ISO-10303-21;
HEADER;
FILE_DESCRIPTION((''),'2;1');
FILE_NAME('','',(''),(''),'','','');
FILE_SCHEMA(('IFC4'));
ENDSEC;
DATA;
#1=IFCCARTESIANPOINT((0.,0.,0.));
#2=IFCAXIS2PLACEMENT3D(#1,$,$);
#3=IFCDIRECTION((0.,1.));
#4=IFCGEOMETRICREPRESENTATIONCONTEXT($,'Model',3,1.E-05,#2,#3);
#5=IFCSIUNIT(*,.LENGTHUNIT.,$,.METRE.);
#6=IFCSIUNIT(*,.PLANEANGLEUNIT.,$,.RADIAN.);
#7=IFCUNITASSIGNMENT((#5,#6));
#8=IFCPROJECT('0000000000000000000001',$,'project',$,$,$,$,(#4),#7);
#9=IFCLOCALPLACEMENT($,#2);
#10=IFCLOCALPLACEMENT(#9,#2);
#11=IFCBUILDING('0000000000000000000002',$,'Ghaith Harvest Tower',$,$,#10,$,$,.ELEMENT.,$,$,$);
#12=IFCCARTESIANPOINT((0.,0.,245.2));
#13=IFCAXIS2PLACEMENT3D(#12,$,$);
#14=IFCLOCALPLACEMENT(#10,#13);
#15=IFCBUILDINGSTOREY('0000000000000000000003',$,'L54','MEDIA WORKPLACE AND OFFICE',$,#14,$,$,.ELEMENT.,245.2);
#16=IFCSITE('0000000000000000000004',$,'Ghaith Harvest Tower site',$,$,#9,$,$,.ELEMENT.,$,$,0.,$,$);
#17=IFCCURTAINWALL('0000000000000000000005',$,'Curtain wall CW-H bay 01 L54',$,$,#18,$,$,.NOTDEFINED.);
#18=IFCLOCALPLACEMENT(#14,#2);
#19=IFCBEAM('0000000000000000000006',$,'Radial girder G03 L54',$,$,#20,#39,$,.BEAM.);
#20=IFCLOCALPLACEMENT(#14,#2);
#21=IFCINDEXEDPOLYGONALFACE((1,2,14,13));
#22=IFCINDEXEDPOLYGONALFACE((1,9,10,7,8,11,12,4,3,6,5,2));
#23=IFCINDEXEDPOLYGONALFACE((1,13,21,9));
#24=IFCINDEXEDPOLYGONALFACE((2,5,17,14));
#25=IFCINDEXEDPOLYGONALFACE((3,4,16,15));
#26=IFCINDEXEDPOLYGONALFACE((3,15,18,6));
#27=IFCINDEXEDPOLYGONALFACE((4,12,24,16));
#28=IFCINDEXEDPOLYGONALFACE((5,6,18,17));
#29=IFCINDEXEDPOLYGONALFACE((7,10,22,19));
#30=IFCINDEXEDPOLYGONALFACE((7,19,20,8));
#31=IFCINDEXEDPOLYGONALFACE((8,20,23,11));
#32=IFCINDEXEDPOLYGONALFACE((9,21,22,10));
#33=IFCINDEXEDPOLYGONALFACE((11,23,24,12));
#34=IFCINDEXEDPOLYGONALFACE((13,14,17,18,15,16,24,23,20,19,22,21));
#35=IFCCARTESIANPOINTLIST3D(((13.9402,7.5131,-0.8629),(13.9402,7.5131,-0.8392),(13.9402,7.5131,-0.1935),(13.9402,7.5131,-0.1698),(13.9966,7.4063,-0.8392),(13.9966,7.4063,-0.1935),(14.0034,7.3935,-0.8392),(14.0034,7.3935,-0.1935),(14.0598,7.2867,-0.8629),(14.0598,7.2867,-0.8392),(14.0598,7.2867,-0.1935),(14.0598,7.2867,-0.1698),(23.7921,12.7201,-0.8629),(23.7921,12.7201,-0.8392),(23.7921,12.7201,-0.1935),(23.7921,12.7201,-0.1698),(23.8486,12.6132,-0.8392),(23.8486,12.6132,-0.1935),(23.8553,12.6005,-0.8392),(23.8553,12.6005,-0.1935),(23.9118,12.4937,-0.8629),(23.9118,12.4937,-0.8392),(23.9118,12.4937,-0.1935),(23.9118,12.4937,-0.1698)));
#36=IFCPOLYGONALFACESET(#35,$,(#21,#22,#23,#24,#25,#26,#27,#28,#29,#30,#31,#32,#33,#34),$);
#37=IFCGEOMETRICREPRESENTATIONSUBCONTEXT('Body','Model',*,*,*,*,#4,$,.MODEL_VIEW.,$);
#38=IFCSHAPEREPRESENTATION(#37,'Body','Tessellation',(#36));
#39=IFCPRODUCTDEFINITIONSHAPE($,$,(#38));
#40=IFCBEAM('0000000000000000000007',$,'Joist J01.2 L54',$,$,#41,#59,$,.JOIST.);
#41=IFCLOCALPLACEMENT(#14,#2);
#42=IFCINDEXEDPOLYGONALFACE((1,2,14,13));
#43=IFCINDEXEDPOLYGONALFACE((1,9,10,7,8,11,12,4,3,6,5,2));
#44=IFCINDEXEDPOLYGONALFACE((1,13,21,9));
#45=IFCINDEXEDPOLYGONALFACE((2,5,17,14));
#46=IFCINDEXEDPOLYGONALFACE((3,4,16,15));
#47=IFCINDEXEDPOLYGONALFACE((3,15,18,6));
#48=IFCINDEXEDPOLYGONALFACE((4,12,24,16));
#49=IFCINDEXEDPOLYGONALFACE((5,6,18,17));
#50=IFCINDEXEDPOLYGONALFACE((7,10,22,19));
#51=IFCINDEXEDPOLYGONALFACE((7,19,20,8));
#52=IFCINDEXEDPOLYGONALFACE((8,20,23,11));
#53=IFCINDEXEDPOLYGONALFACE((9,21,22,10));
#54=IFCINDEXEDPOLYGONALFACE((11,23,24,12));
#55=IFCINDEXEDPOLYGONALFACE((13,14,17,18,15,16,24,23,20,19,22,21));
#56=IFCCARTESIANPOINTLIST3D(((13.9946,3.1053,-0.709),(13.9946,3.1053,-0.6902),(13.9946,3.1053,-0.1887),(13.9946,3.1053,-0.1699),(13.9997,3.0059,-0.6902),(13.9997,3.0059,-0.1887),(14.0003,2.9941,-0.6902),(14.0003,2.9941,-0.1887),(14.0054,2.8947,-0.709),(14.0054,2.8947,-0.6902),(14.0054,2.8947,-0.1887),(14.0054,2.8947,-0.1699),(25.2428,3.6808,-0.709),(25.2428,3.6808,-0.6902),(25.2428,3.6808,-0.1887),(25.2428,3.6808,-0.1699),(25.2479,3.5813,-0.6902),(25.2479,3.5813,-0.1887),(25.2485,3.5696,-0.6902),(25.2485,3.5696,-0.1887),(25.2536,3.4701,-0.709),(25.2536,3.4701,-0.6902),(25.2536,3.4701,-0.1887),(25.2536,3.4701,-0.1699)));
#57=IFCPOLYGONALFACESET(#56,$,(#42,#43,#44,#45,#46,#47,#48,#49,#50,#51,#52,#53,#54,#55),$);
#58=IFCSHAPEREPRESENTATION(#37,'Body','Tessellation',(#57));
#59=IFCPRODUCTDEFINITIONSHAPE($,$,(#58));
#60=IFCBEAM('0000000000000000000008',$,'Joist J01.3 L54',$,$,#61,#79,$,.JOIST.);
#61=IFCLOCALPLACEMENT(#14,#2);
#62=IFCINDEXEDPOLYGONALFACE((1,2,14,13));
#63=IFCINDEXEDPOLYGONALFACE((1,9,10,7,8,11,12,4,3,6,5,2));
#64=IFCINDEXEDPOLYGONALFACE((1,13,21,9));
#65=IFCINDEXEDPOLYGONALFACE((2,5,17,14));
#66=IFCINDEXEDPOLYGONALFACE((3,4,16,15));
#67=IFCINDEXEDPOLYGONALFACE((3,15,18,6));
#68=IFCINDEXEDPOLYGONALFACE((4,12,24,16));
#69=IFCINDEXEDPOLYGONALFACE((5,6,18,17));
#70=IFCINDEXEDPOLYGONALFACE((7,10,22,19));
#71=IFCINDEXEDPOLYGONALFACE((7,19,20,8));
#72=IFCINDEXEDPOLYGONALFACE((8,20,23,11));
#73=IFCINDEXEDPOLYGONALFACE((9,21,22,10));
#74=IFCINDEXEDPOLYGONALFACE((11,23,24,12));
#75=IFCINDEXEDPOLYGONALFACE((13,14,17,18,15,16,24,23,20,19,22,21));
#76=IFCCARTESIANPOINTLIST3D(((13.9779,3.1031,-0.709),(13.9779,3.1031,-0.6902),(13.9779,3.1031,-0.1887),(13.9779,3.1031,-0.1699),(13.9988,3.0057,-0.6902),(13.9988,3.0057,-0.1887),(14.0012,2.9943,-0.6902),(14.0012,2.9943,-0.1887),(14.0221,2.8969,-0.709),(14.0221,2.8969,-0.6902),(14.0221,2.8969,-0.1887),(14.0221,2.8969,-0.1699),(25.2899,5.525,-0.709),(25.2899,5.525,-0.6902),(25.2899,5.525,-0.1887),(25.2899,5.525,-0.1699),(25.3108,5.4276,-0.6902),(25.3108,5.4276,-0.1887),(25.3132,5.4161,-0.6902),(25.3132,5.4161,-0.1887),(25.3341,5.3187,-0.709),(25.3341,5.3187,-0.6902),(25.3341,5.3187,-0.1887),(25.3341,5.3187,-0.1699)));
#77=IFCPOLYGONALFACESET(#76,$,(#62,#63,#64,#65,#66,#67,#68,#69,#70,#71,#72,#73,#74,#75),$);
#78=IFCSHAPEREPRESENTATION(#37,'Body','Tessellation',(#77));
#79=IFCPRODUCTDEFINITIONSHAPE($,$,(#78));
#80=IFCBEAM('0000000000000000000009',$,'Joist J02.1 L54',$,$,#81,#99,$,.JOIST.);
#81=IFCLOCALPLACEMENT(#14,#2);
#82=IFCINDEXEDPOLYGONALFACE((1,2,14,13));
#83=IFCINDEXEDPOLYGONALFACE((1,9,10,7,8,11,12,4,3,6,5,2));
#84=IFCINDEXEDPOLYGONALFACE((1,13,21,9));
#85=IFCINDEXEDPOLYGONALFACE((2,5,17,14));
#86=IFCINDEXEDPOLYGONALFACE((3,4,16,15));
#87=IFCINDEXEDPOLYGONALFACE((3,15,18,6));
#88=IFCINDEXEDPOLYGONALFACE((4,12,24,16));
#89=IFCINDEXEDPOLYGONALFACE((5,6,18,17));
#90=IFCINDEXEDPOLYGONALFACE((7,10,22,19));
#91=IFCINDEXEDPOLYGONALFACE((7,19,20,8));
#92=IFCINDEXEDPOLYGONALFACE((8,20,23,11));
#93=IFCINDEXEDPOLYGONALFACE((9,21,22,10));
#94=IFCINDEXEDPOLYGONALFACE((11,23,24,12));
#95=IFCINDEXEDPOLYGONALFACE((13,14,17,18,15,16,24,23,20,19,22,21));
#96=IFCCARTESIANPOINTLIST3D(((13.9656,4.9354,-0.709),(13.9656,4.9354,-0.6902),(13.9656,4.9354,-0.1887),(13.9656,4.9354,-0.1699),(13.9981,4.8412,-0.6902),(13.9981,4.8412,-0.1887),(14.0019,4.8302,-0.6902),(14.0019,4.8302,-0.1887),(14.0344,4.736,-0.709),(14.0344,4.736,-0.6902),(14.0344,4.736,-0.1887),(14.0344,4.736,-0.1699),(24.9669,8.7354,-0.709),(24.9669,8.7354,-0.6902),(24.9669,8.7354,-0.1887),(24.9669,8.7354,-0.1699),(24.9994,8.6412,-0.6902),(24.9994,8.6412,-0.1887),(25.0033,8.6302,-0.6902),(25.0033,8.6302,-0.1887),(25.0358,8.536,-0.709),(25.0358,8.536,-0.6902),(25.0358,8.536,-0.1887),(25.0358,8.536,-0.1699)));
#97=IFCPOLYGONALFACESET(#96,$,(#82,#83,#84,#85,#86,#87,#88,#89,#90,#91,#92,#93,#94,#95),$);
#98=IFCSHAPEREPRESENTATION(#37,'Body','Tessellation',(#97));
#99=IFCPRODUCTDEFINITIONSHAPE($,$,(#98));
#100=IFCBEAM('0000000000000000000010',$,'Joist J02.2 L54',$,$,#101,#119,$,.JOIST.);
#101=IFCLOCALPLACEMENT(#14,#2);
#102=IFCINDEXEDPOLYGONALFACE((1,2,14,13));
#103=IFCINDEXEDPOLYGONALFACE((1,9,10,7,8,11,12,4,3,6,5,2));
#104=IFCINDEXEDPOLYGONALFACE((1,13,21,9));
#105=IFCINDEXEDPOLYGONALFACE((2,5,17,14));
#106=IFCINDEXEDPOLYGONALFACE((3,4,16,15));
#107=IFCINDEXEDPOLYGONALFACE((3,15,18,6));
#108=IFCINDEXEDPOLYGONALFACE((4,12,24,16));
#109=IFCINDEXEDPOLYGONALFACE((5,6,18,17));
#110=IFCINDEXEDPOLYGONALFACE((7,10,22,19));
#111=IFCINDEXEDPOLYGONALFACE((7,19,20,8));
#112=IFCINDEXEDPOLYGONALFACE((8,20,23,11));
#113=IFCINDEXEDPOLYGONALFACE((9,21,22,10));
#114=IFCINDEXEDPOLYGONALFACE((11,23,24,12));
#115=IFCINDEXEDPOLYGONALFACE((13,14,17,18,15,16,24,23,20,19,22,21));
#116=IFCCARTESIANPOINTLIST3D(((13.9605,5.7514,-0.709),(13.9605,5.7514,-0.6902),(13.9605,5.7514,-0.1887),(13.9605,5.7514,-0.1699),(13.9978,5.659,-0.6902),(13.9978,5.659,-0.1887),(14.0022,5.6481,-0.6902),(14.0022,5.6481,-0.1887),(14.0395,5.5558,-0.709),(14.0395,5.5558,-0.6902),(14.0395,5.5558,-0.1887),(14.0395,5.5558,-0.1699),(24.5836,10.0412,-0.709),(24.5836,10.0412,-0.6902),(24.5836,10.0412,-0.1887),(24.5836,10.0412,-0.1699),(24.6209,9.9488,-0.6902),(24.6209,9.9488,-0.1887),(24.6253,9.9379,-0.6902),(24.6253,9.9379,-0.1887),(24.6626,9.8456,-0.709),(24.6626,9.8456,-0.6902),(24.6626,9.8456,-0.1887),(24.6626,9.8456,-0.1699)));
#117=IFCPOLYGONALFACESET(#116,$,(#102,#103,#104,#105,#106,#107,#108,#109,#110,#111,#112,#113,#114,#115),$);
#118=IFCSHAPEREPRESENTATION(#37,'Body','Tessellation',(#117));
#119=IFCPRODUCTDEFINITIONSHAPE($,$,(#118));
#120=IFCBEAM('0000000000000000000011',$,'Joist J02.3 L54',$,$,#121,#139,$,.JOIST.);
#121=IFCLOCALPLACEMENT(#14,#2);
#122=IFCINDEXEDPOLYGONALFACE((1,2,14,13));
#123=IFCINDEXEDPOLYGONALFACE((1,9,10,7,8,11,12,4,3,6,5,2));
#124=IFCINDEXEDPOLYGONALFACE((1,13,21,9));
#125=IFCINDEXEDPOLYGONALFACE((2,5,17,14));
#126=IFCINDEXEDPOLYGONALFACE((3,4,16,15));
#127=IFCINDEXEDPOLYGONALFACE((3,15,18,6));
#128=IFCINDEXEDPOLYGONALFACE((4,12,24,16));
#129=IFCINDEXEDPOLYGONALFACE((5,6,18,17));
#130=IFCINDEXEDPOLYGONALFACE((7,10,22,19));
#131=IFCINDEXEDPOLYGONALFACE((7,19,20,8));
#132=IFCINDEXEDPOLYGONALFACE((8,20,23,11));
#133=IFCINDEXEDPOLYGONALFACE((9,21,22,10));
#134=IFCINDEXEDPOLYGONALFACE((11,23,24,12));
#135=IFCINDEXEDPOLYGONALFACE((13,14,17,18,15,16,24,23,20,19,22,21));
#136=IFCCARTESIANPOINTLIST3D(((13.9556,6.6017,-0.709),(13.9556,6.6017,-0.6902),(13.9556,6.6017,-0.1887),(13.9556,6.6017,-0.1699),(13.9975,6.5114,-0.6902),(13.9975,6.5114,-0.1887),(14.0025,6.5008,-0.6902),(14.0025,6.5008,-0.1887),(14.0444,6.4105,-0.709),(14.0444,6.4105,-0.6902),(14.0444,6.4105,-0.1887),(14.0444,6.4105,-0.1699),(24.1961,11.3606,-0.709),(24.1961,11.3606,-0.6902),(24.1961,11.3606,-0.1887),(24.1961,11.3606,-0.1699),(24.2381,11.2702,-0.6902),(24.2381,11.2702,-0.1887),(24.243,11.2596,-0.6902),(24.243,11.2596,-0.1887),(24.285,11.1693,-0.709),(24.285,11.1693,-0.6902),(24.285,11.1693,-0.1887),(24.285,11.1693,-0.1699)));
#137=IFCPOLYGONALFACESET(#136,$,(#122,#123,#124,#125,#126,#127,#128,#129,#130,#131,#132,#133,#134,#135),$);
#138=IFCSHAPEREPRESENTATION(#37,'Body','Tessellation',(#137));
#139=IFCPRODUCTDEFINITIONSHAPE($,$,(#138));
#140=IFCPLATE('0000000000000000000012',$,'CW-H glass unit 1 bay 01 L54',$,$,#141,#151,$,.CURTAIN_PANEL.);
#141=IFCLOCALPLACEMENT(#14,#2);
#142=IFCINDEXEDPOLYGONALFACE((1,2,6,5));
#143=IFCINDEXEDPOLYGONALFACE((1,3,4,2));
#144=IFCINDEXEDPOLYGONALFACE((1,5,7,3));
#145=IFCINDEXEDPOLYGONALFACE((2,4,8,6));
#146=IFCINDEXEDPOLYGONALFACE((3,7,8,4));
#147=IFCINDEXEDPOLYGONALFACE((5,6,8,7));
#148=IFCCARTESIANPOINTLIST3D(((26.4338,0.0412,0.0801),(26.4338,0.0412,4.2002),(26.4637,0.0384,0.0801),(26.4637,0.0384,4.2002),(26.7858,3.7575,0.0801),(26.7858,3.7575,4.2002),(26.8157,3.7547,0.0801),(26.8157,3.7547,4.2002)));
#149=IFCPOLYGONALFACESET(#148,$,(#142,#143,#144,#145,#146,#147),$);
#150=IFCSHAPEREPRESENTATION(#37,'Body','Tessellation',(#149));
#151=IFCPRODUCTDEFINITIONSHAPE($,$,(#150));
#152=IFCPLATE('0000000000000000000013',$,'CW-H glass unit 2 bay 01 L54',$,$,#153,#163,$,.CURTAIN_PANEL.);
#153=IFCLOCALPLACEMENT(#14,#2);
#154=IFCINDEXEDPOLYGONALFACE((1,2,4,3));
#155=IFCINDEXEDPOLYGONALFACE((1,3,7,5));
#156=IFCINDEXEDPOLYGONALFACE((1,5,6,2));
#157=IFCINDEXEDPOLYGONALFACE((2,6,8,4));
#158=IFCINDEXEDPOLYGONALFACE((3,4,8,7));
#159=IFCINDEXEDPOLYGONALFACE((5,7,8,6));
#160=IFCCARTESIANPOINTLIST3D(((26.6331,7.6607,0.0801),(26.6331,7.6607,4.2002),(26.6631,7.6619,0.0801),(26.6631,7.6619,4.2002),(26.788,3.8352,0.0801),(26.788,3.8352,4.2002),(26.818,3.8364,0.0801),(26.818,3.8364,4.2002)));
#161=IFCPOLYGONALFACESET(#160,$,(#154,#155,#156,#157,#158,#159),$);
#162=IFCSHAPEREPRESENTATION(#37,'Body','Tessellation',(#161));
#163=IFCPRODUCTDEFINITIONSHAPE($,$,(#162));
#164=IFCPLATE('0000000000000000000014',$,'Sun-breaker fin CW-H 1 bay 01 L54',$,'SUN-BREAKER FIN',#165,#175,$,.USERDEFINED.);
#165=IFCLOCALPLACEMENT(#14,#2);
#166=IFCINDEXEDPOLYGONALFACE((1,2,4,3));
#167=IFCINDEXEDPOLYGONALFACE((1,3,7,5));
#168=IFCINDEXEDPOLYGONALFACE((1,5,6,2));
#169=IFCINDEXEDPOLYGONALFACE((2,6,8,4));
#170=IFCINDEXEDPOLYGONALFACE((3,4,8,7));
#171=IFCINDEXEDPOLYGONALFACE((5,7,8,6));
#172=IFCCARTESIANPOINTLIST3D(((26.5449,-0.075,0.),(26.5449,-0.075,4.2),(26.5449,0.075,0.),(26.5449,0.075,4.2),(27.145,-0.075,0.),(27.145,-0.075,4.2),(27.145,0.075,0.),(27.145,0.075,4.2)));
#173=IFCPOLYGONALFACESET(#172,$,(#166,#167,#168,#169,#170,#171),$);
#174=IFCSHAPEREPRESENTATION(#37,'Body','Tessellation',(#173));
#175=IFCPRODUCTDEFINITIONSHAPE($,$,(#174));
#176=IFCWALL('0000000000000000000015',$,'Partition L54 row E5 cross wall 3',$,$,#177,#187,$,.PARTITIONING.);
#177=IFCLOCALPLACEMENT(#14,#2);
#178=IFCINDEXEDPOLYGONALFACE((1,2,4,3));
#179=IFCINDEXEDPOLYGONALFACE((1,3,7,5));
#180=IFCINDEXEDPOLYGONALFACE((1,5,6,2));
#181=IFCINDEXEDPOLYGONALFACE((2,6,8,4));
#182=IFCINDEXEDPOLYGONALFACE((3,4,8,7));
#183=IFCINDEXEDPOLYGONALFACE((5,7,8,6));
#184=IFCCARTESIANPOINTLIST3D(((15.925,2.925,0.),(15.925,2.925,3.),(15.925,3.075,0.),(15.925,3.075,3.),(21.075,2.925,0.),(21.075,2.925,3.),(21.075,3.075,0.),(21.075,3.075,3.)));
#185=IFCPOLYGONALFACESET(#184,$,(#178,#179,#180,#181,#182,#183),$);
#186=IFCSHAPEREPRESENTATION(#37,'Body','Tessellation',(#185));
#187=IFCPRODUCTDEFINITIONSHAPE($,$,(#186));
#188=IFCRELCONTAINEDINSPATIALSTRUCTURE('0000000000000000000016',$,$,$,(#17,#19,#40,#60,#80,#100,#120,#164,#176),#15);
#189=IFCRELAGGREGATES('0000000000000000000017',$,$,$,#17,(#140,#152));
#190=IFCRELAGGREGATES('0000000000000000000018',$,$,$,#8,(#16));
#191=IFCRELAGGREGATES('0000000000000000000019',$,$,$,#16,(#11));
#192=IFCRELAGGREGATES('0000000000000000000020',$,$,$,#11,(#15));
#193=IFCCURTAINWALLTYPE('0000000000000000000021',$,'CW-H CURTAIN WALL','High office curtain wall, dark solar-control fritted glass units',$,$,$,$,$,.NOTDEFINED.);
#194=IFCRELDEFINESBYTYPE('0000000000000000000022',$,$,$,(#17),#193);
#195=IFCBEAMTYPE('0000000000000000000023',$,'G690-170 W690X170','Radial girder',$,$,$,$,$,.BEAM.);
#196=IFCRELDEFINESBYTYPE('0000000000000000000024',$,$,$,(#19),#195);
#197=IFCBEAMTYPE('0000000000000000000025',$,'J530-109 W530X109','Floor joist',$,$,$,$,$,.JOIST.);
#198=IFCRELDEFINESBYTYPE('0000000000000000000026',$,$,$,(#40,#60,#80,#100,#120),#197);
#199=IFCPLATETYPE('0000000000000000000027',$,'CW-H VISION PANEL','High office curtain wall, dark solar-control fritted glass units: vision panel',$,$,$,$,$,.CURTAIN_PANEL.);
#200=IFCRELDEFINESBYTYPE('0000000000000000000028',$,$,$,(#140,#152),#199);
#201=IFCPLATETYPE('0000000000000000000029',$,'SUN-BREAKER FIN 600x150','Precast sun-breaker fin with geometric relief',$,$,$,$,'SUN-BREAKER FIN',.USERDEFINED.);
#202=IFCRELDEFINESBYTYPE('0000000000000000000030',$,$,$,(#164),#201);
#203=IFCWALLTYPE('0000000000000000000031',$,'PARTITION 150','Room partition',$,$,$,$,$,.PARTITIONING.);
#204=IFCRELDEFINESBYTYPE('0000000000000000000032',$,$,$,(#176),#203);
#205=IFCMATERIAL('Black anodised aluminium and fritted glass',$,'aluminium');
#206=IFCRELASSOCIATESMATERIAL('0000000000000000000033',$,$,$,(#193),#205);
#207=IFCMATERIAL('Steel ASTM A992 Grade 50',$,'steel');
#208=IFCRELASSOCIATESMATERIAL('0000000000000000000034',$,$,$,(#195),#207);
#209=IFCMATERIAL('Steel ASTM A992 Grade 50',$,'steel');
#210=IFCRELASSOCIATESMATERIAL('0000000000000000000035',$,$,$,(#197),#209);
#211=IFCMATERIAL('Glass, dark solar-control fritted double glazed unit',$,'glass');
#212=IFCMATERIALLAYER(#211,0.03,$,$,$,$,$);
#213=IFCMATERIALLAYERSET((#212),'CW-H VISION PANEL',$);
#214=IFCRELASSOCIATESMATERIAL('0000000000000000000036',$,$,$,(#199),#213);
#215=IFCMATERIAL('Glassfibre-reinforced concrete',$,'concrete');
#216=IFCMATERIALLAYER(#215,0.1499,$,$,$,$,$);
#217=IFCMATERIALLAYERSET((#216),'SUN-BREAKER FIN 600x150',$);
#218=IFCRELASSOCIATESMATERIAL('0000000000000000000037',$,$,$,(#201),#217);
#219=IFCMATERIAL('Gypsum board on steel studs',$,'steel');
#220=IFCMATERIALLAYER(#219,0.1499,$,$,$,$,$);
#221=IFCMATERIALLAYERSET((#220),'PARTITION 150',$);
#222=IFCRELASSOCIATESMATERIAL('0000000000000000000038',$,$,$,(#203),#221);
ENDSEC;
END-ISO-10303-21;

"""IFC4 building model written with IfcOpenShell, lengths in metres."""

from ifc_helpers import new_model, si_unit, direction, frame, frame_2d, origin, origin_2d, place, context, subcontext, project, spatial, rectangle, i_section, extrude, material, layer, layer_set, material_profile, profile_set, type_object, element, aggregate, save


model = new_model("IFC4")

# Units and contexts
model_context = context("Model", 3, precision=1e-05, world=origin(), true_north=direction((0.0, 1.0)))
body_context = subcontext(model_context, "Body", "Model", "MODEL_VIEW")
ifc_project = project(units=[si_unit("LENGTHUNIT", "METRE"), si_unit("PLANEANGLEUNIT", "RADIAN")], contexts=[model_context])

# Site, building, storey
site_placement = place(None, origin())
site = spatial("IfcSite", under=ifc_project, at=site_placement, Name="Ghaith Harvest Tower site", CompositionType="ELEMENT", RefElevation=0.0)
building_placement = place(site_placement, origin())
building = spatial("IfcBuilding", under=site, at=building_placement, Name="Ghaith Harvest Tower", CompositionType="ELEMENT")
storey_placement = place(building_placement, frame((0.0, 0.0, 245.2)))
storey = spatial("IfcBuildingStorey", under=building, at=storey_placement, Name="L54", Description="MEDIA WORKPLACE AND OFFICE", CompositionType="ELEMENT", Elevation=245.2)

# Curtain wall
ifc_material_1 = material(Name="Black anodised aluminium and fritted glass", Category="aluminium")
curtain_wall_type = type_object("IfcCurtainWallType", Name="CW-H CURTAIN WALL", Description="High office curtain wall, dark solar-control fritted glass units", PredefinedType="NOTDEFINED", material=ifc_material_1)
curtain_wall_1_placement = place(storey_placement, origin())
curtain_wall_1 = element("IfcCurtainWall", 1, at=curtain_wall_1_placement, inside=storey, type_object=curtain_wall_type, Name="Curtain wall CW-H bay 01 L54", PredefinedType="NOTDEFINED")

# Beams
ifc_material_2 = material(Name="Steel ASTM A992 Grade 50", Category="steel")
ifc_material_profile_1 = material_profile(ifc_material_2, i_section(OverallWidth=0.2561, OverallDepth=0.6931, WebThickness=0.0144, FlangeThickness=0.0237, at=origin_2d()), Name="W690X170")
ifc_profile_set_1 = profile_set([ifc_material_profile_1], Name="Steel ASTM A992 Grade 50")
beam_type_1 = type_object("IfcBeamType", Name="G690-170 W690X170", Description="Radial girder", PredefinedType="BEAM", material=ifc_profile_set_1)
beam_1_placement = place(storey_placement, frame((14.0, 7.3999, -0.5164), z_axis=(0.884113, 0.467274, 0.0), x_axis=(-0.467274, 0.884113, 0.0)))
element("IfcBeam", 2, at=beam_1_placement, inside=storey, type_object=beam_type_1, Name="Radial girder G03 L54", PredefinedType="BEAM", context=body_context, shape_type="SweptSolid", body=[
    extrude(i_section(OverallWidth=0.2561, OverallDepth=0.6931, WebThickness=0.0144, FlangeThickness=0.0237, at=origin_2d()), origin(), (0.0, 0.0, 1.0), 11.1433),
])
ifc_material_3 = material(Name="Steel ASTM A992 Grade 50", Category="steel")
ifc_material_profile_2 = material_profile(ifc_material_3, i_section(OverallWidth=0.2109, OverallDepth=0.5391, WebThickness=0.0117, FlangeThickness=0.0188, at=origin_2d()), Name="W530X109")
ifc_profile_set_2 = profile_set([ifc_material_profile_2], Name="Steel ASTM A992 Grade 50")
beam_type_2 = type_object("IfcBeamType", Name="J530-109 W530X109", Description="Floor joist", PredefinedType="JOIST", material=ifc_profile_set_2)
beam_2_placement = place(storey_placement, frame((14.0, 3.0, -0.4395), z_axis=(0.998694, 0.051091, 0.0), x_axis=(-0.051091, 0.998694, 0.0)))
element("IfcBeam", 3, at=beam_2_placement, inside=storey, type_object=beam_type_2, Name="Joist J01.2 L54", PredefinedType="JOIST", context=body_context, shape_type="SweptSolid", body=[
    extrude(i_section(OverallWidth=0.2109, OverallDepth=0.5391, WebThickness=0.0117, FlangeThickness=0.0188, at=origin_2d()), origin(), (0.0, 0.0, 1.0), 11.2629),
])
beam_3_placement = place(storey_placement, frame((14.0, 3.0, -0.4395), z_axis=(0.97784, 0.209353, 0.0), x_axis=(-0.209353, 0.97784, 0.0)))
element("IfcBeam", 4, at=beam_3_placement, inside=storey, type_object=beam_type_2, Name="Joist J01.3 L54", PredefinedType="JOIST", context=body_context, shape_type="SweptSolid", body=[
    extrude(i_section(OverallWidth=0.2109, OverallDepth=0.5391, WebThickness=0.0117, FlangeThickness=0.0188, at=origin_2d()), origin(), (0.0, 0.0, 1.0), 11.5684),
])
beam_4_placement = place(storey_placement, frame((14.0, 4.8357, -0.4395), z_axis=(0.945202, 0.326485, 0.0), x_axis=(-0.326485, 0.945202, 0.0)))
element("IfcBeam", 5, at=beam_4_placement, inside=storey, type_object=beam_type_2, Name="Joist J02.1 L54", PredefinedType="JOIST", context=body_context, shape_type="SweptSolid", body=[
    extrude(i_section(OverallWidth=0.2109, OverallDepth=0.5391, WebThickness=0.0117, FlangeThickness=0.0188, at=origin_2d()), origin(), (0.0, 0.0, 1.0), 11.6392),
])
beam_5_placement = place(storey_placement, frame((14.0, 5.6536, -0.4395), z_axis=(0.92725, 0.374442, 0.0), x_axis=(-0.374442, 0.92725, 0.0)))
element("IfcBeam", 6, at=beam_5_placement, inside=storey, type_object=beam_type_2, Name="Joist J02.2 L54", PredefinedType="JOIST", context=body_context, shape_type="SweptSolid", body=[
    extrude(i_section(OverallWidth=0.2109, OverallDepth=0.5391, WebThickness=0.0117, FlangeThickness=0.0188, at=origin_2d()), origin(), (0.0, 0.0, 1.0), 11.4565),
])
beam_6_placement = place(storey_placement, frame((14.0, 6.5061, -0.4395), z_axis=(0.906864, 0.421423, 0.0), x_axis=(-0.421423, 0.906864, 0.0)))
element("IfcBeam", 7, at=beam_6_placement, inside=storey, type_object=beam_type_2, Name="Joist J02.3 L54", PredefinedType="JOIST", context=body_context, shape_type="SweptSolid", body=[
    extrude(i_section(OverallWidth=0.2109, OverallDepth=0.5391, WebThickness=0.0117, FlangeThickness=0.0188, at=origin_2d()), origin(), (0.0, 0.0, 1.0), 11.2922),
])

# Plates
ifc_material_4 = material(Name="Glass, dark solar-control fritted double glazed unit", Category="glass")
ifc_layer_1 = layer(ifc_material_4, 0.03)
ifc_layer_set_1 = layer_set([ifc_layer_1], Name="CW-H VISION PANEL")
plate_type_1 = type_object("IfcPlateType", Name="CW-H VISION PANEL", Description="High office curtain wall, dark solar-control fritted glass units: vision panel", PredefinedType="CURTAIN_PANEL", material=ifc_layer_set_1)
plate_1_placement = place(storey_placement, frame((26.6248, 1.8979, 0.0801), z_axis=(0.0, 0.0, 1.0), x_axis=(0.094302, 0.995544, 0.0)))
plate_1 = element("IfcPlate", 8, at=plate_1_placement, type_object=plate_type_1, Name="CW-H glass unit 1 bay 01 L54", PredefinedType="CURTAIN_PANEL", context=body_context, shape_type="SweptSolid", body=[
    extrude(rectangle(XDim=3.7329, YDim=0.03, at=origin_2d()), origin(), (0.0, 0.0, 1.0), 4.1201),
])
plate_2_placement = place(storey_placement, frame((26.7256, 5.7485, 0.0801), z_axis=(0.0, 0.0, 1.0), x_axis=(-0.040462, 0.999181, 0.0)))
plate_2 = element("IfcPlate", 9, at=plate_2_placement, type_object=plate_type_1, Name="CW-H glass unit 2 bay 01 L54", PredefinedType="CURTAIN_PANEL", context=body_context, shape_type="SweptSolid", body=[
    extrude(rectangle(XDim=3.8286, YDim=0.03, at=origin_2d()), origin(), (0.0, 0.0, 1.0), 4.1201),
])
aggregate(curtain_wall_1, [plate_1, plate_2])
ifc_material_5 = material(Name="Glassfibre-reinforced concrete", Category="concrete")
ifc_layer_2 = layer(ifc_material_5, 0.1499)
ifc_layer_set_2 = layer_set([ifc_layer_2], Name="SUN-BREAKER FIN 600x150")
plate_type_2 = type_object("IfcPlateType", Name="SUN-BREAKER FIN 600x150", Description="Precast sun-breaker fin with geometric relief", ElementType="SUN-BREAKER FIN", PredefinedType="USERDEFINED", material=ifc_layer_set_2)
plate_3_placement = place(storey_placement, frame((26.845, 0.0, 0.0), z_axis=(0.0, 0.0, 1.0), x_axis=(1.0, 0.0, 0.0)))
element("IfcPlate", 10, at=plate_3_placement, inside=storey, type_object=plate_type_2, Name="Sun-breaker fin CW-H 1 bay 01 L54", ObjectType="SUN-BREAKER FIN", PredefinedType="USERDEFINED", context=body_context, shape_type="SweptSolid", body=[
    extrude(rectangle(XDim=0.6001, YDim=0.1499, at=origin_2d()), origin(), (0.0, 0.0, 1.0), 4.2),
])

# Wall
ifc_material_6 = material(Name="Gypsum board on steel studs", Category="steel")
ifc_layer_3 = layer(ifc_material_6, 0.1499)
ifc_layer_set_3 = layer_set([ifc_layer_3], Name="PARTITION 150")
wall_type = type_object("IfcWallType", Name="PARTITION 150", Description="Room partition", PredefinedType="PARTITIONING", material=ifc_layer_set_3)
for number, where, z_axis, x_axis, name in (
    (11, (15.925, 3.0, 0.0), (0.0, 0.0, 1.0), (1.0, 0.0, 0.0), "Partition L54 row E5 cross wall 3"),
):
    element("IfcWall", number, at=place(storey_placement, frame(where, z_axis=z_axis, x_axis=x_axis)), inside=storey, type_object=wall_type, Name=name, PredefinedType="PARTITIONING", context=body_context, shape_type="SweptSolid", body=[
        extrude(rectangle(XDim=5.1499, YDim=0.1499, at=frame_2d((2.575, 0.0))), origin(), (0.0, 0.0, 1.0), 3.0),
    ])

save(model, "model.ifc")
